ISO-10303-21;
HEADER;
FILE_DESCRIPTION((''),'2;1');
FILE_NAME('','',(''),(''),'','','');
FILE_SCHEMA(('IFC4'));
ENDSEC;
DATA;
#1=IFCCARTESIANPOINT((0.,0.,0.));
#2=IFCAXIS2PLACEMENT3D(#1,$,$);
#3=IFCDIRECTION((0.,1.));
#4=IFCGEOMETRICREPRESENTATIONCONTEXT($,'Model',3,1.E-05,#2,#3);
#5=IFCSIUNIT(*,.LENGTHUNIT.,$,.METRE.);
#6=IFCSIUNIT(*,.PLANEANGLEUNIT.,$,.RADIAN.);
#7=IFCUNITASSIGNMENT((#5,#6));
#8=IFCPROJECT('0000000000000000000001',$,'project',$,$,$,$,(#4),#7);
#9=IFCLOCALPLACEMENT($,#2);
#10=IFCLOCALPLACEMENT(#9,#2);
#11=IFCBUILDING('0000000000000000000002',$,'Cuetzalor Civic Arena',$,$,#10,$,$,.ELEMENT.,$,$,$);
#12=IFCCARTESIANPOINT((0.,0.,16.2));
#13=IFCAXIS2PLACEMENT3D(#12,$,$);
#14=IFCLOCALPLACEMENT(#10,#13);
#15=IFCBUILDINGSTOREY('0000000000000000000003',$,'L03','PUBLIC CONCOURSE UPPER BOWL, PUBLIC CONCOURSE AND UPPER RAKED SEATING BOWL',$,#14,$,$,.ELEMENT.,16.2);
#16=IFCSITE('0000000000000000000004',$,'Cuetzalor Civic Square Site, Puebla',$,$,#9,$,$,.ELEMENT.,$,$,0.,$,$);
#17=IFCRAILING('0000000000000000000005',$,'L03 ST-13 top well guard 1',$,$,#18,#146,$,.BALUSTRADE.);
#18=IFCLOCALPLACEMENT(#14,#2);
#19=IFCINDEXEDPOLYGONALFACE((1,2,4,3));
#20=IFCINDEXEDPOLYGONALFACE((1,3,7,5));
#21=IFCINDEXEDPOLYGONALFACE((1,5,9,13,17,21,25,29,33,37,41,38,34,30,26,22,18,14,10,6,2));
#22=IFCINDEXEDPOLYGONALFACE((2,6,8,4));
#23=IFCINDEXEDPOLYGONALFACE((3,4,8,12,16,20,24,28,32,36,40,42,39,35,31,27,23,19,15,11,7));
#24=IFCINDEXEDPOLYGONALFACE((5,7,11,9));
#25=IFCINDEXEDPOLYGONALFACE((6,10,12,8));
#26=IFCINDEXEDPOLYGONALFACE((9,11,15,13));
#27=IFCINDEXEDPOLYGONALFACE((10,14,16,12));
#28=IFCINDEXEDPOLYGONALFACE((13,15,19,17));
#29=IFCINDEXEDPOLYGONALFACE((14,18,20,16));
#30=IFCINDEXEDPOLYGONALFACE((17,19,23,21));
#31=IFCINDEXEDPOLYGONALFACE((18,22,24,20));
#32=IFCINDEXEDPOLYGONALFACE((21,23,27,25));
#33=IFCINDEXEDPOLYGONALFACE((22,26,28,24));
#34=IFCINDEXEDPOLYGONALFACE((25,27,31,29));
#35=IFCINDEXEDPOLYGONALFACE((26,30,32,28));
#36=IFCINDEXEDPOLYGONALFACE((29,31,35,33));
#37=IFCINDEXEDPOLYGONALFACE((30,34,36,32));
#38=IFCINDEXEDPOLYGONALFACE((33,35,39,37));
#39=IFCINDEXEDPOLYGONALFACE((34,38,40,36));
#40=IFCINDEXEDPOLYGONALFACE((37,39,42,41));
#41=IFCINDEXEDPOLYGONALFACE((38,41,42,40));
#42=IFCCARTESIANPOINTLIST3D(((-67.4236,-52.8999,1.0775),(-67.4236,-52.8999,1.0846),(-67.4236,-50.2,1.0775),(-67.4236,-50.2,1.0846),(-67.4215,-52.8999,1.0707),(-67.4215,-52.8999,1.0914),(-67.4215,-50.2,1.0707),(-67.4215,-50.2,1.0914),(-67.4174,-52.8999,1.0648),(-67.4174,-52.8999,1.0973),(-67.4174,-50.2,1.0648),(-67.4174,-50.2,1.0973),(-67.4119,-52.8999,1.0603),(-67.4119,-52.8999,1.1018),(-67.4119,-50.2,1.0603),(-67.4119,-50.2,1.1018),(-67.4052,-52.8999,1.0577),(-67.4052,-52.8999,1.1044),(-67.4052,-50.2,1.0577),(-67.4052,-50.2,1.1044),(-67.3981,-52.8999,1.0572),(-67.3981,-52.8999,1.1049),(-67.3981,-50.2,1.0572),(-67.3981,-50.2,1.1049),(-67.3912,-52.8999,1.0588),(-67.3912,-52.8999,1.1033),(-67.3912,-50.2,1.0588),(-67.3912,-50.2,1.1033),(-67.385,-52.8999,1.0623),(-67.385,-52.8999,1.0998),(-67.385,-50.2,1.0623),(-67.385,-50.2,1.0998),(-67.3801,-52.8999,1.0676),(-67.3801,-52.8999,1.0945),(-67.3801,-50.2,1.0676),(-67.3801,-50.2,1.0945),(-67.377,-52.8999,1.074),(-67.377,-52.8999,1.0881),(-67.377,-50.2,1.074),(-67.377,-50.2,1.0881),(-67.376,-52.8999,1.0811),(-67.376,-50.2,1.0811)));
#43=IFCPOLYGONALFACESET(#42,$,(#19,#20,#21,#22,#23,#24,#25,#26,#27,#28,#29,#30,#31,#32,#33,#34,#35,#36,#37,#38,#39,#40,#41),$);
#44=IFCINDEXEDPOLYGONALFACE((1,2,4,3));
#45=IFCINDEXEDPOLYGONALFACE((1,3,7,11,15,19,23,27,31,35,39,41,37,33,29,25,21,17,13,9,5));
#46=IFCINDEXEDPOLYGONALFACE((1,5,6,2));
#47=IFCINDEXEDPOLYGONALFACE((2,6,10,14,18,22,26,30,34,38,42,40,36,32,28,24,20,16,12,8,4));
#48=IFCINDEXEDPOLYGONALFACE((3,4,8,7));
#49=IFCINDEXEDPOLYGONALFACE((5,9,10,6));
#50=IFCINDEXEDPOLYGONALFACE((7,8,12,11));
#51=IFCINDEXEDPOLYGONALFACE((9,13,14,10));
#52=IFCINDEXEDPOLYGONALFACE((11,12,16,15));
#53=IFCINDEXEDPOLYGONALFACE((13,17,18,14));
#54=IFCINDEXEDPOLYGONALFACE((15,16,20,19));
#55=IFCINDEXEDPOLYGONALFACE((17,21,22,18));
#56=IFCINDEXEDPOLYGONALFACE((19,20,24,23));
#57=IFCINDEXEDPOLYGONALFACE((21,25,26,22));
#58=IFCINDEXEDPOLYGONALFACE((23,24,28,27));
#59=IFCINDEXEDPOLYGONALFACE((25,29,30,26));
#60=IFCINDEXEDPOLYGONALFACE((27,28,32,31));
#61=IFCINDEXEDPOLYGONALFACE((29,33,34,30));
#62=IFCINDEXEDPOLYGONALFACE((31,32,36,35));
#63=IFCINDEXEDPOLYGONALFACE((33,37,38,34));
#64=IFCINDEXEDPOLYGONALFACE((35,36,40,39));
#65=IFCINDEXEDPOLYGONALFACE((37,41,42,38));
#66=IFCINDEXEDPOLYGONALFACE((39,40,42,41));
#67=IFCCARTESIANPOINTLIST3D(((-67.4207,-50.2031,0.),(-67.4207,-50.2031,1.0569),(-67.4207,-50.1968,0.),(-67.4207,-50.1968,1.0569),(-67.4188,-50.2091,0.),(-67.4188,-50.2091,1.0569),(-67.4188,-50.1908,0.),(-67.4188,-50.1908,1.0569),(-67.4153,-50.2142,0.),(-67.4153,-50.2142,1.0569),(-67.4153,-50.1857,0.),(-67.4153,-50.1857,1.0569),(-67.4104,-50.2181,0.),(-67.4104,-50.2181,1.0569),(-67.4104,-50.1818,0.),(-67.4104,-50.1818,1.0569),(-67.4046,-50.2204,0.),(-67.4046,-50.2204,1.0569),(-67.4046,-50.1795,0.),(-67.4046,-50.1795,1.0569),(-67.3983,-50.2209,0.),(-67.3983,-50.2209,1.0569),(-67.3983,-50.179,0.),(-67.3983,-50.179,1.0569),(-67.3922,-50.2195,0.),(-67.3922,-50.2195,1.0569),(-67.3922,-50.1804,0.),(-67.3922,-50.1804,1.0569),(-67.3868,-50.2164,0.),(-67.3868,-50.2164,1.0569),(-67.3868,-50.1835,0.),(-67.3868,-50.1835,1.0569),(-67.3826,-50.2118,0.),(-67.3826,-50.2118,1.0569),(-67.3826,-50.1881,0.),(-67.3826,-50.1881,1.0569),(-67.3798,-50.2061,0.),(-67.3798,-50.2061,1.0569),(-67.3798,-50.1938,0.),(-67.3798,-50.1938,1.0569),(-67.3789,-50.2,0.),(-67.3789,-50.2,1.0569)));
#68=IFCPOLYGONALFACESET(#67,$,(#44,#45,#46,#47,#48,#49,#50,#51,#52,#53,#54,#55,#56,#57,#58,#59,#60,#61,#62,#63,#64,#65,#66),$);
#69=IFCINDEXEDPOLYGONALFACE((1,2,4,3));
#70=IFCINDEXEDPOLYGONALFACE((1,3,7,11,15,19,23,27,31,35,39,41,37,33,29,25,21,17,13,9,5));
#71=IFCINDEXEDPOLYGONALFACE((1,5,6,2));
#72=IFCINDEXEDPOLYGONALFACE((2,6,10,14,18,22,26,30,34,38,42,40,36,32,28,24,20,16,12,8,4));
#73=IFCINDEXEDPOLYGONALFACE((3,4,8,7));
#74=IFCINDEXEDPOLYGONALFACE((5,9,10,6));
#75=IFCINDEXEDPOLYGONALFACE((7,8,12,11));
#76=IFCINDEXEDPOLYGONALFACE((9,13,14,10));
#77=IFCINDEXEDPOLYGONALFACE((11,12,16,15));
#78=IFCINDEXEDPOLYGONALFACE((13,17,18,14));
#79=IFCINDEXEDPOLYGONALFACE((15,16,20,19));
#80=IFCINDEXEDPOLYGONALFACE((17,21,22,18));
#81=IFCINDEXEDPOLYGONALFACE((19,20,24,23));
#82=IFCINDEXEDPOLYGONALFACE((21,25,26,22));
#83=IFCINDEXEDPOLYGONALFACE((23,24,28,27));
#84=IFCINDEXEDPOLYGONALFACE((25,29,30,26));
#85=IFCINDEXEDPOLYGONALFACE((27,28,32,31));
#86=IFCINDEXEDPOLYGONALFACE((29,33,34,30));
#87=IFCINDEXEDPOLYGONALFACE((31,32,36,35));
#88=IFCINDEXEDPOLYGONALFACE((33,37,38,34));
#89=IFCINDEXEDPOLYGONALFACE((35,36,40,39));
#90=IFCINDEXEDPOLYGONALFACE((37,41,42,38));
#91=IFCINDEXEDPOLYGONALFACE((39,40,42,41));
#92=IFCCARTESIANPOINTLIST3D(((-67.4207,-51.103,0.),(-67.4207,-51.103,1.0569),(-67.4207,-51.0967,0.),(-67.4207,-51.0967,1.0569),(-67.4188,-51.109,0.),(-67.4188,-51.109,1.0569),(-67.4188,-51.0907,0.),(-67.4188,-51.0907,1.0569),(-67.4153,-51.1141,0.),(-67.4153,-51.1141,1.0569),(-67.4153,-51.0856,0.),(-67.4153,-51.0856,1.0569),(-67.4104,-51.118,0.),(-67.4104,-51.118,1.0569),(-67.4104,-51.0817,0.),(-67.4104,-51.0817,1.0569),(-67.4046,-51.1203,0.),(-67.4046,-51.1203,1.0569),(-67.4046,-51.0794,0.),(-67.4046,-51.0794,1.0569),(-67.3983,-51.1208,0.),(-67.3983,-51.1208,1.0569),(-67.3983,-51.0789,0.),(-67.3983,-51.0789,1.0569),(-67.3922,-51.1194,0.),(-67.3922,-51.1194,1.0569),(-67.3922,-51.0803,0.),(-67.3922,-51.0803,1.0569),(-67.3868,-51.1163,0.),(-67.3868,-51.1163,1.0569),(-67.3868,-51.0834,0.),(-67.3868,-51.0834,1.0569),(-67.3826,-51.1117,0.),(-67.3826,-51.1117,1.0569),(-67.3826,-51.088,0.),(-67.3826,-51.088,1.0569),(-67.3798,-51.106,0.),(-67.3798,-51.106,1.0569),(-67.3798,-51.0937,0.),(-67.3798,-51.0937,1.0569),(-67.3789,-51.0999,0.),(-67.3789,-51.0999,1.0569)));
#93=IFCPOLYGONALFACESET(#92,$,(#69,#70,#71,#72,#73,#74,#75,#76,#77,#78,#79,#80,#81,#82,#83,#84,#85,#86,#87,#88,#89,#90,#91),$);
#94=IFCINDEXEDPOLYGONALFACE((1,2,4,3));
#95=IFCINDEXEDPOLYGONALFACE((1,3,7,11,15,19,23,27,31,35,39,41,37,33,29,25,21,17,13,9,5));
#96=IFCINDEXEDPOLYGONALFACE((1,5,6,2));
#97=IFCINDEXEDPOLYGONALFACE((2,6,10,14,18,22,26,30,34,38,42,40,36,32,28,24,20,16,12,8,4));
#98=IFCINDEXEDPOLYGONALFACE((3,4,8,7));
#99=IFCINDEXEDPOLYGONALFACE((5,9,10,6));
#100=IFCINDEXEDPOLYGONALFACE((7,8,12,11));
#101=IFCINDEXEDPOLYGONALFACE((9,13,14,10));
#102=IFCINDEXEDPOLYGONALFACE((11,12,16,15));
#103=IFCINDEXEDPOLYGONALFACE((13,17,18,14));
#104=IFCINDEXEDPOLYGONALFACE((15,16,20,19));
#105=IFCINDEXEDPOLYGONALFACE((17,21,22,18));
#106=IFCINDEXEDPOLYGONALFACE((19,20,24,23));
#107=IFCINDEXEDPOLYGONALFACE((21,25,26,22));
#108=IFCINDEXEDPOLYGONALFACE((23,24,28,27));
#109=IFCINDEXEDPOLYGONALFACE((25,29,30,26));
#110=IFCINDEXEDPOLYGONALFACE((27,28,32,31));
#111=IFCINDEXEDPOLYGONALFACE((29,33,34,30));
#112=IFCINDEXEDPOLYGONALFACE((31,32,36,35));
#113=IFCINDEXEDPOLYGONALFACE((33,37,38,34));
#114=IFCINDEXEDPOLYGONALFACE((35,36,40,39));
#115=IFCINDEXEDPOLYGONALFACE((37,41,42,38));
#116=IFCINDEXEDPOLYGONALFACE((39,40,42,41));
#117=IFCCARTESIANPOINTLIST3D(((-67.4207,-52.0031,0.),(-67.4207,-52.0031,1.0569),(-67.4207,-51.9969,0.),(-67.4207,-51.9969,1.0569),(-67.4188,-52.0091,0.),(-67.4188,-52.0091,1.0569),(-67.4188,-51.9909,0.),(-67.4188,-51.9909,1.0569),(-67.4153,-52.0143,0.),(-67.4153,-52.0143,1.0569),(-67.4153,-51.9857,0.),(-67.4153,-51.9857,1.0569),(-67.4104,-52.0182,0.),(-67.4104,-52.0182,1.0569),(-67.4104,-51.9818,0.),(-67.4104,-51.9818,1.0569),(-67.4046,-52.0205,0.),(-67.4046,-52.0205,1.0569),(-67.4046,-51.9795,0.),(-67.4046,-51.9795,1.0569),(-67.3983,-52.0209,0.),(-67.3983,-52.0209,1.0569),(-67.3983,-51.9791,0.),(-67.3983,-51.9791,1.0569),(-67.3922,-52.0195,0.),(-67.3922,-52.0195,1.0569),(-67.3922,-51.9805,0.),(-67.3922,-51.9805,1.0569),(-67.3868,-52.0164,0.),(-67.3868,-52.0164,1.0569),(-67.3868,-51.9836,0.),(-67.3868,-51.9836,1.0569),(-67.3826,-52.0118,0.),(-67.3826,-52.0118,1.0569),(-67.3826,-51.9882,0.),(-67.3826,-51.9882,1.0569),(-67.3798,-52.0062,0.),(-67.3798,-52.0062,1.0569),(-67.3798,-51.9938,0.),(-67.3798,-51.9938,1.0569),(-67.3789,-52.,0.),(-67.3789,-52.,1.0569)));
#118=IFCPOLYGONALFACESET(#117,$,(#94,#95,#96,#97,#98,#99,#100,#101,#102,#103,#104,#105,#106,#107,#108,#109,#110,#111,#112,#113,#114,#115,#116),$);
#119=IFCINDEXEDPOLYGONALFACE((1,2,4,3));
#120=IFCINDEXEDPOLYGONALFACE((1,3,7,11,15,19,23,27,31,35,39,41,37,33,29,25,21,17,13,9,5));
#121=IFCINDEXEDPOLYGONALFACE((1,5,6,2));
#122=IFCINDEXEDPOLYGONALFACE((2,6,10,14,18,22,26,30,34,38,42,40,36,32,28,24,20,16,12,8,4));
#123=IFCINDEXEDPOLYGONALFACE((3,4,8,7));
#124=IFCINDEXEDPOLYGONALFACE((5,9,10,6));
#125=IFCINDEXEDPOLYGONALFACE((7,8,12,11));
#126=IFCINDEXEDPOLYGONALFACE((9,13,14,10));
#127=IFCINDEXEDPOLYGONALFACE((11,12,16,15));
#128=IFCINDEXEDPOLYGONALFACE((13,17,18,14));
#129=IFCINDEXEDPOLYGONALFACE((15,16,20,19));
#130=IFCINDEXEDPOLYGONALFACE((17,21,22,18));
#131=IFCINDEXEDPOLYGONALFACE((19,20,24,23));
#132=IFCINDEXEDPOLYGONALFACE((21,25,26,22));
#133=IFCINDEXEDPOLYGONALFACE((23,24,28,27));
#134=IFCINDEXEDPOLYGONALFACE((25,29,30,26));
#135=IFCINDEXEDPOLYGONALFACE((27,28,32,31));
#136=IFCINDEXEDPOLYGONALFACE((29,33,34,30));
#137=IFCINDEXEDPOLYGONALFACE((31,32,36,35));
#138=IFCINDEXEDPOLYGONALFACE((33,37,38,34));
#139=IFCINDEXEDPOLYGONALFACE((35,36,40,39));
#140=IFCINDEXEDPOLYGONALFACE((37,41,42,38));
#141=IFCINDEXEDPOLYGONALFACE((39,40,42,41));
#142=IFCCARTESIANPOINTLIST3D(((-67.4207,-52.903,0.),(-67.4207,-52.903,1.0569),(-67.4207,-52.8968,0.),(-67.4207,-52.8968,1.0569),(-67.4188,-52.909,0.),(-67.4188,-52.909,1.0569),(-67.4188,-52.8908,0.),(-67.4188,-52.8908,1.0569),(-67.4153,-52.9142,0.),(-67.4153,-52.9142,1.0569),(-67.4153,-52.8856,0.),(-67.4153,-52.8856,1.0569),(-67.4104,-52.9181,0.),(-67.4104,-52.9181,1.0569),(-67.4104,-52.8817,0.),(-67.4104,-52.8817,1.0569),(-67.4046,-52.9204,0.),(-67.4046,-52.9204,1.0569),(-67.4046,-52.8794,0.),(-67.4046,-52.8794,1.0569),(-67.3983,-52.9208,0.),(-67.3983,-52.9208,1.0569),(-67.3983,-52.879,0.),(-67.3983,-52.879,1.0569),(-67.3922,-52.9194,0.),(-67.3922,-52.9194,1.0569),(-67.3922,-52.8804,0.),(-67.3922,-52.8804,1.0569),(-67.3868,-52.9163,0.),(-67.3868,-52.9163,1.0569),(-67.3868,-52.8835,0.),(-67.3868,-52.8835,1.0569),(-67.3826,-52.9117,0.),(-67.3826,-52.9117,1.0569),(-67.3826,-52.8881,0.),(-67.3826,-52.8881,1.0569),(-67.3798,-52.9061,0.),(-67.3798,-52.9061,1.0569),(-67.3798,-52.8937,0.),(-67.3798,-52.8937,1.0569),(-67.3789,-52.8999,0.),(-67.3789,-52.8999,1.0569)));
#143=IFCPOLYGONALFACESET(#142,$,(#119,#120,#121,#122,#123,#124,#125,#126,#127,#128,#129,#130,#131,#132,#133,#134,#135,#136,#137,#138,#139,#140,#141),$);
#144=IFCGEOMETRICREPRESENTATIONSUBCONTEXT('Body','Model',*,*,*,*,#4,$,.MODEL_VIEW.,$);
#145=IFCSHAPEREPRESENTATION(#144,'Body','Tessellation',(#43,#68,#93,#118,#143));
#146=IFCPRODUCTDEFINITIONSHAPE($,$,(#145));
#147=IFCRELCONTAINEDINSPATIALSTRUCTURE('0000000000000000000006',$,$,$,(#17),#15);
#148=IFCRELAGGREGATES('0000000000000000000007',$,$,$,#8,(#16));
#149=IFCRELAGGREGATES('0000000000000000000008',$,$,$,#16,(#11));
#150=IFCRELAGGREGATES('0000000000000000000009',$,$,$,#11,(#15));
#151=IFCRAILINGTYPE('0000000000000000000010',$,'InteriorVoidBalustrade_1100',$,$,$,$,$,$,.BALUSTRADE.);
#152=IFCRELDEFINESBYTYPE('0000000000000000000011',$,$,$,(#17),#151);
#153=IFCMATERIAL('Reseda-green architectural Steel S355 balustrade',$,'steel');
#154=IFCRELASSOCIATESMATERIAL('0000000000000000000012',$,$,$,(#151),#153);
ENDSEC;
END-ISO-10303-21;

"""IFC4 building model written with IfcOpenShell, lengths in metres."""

from ifc_helpers import new_model, si_unit, direction, frame, origin, origin_2d, place, context, subcontext, project, spatial, circle, extrude, material, type_object, element, save


model = new_model("IFC4")

# Units and contexts
model_context = context("Model", 3, precision=1e-05, world=origin(), true_north=direction((0.0, 1.0)))
body_context = subcontext(model_context, "Body", "Model", "MODEL_VIEW")
ifc_project = project(units=[si_unit("LENGTHUNIT", "METRE"), si_unit("PLANEANGLEUNIT", "RADIAN")], contexts=[model_context])

# Site, building, storey
site_placement = place(None, origin())
site = spatial("IfcSite", under=ifc_project, at=site_placement, Name="Cuetzalor Civic Square Site, Puebla", CompositionType="ELEMENT", RefElevation=0.0)
building_placement = place(site_placement, origin())
building = spatial("IfcBuilding", under=site, at=building_placement, Name="Cuetzalor Civic Arena", CompositionType="ELEMENT")
storey_placement = place(building_placement, frame((0.0, 0.0, 16.2)))
storey = spatial("IfcBuildingStorey", under=building, at=storey_placement, Name="L03", Description="PUBLIC CONCOURSE UPPER BOWL, PUBLIC CONCOURSE AND UPPER RAKED SEATING BOWL", CompositionType="ELEMENT", Elevation=16.2)

# Railing
ifc_material_1 = material(Name="Reseda-green architectural Steel S355 balustrade", Category="steel")
railing_type = type_object("IfcRailingType", Name="InteriorVoidBalustrade_1100", PredefinedType="BALUSTRADE", material=ifc_material_1)
railing_placement = place(storey_placement, frame((-67.3999, -50.2, 0.0)))
element("IfcRailing", 1, at=railing_placement, inside=storey, type_object=railing_type, Name="L03 ST-13 top well guard 1", PredefinedType="BALUSTRADE", context=body_context, shape_type="SweptSolid", body=[
    extrude(circle(Radius=0.0239, at=origin_2d()), frame((0.0, 0.0, 1.0811), z_axis=(0.0, -1.0, 0.0), x_axis=(1.0, 0.0, 0.0)), (0.0, 0.0, 1.0), 2.7),
    extrude(circle(Radius=0.021, at=origin_2d()), origin(), (0.0, 0.0, 1.0), 1.0569),
    extrude(circle(Radius=0.021, at=origin_2d()), frame((0.0, -0.8999, 0.0)), (0.0, 0.0, 1.0), 1.0569),
    extrude(circle(Radius=0.021, at=origin_2d()), frame((0.0, -1.8, 0.0)), (0.0, 0.0, 1.0), 1.0569),
    extrude(circle(Radius=0.021, at=origin_2d()), frame((0.0, -2.7, 0.0)), (0.0, 0.0, 1.0), 1.0569),
])

save(model, "model.ifc")
